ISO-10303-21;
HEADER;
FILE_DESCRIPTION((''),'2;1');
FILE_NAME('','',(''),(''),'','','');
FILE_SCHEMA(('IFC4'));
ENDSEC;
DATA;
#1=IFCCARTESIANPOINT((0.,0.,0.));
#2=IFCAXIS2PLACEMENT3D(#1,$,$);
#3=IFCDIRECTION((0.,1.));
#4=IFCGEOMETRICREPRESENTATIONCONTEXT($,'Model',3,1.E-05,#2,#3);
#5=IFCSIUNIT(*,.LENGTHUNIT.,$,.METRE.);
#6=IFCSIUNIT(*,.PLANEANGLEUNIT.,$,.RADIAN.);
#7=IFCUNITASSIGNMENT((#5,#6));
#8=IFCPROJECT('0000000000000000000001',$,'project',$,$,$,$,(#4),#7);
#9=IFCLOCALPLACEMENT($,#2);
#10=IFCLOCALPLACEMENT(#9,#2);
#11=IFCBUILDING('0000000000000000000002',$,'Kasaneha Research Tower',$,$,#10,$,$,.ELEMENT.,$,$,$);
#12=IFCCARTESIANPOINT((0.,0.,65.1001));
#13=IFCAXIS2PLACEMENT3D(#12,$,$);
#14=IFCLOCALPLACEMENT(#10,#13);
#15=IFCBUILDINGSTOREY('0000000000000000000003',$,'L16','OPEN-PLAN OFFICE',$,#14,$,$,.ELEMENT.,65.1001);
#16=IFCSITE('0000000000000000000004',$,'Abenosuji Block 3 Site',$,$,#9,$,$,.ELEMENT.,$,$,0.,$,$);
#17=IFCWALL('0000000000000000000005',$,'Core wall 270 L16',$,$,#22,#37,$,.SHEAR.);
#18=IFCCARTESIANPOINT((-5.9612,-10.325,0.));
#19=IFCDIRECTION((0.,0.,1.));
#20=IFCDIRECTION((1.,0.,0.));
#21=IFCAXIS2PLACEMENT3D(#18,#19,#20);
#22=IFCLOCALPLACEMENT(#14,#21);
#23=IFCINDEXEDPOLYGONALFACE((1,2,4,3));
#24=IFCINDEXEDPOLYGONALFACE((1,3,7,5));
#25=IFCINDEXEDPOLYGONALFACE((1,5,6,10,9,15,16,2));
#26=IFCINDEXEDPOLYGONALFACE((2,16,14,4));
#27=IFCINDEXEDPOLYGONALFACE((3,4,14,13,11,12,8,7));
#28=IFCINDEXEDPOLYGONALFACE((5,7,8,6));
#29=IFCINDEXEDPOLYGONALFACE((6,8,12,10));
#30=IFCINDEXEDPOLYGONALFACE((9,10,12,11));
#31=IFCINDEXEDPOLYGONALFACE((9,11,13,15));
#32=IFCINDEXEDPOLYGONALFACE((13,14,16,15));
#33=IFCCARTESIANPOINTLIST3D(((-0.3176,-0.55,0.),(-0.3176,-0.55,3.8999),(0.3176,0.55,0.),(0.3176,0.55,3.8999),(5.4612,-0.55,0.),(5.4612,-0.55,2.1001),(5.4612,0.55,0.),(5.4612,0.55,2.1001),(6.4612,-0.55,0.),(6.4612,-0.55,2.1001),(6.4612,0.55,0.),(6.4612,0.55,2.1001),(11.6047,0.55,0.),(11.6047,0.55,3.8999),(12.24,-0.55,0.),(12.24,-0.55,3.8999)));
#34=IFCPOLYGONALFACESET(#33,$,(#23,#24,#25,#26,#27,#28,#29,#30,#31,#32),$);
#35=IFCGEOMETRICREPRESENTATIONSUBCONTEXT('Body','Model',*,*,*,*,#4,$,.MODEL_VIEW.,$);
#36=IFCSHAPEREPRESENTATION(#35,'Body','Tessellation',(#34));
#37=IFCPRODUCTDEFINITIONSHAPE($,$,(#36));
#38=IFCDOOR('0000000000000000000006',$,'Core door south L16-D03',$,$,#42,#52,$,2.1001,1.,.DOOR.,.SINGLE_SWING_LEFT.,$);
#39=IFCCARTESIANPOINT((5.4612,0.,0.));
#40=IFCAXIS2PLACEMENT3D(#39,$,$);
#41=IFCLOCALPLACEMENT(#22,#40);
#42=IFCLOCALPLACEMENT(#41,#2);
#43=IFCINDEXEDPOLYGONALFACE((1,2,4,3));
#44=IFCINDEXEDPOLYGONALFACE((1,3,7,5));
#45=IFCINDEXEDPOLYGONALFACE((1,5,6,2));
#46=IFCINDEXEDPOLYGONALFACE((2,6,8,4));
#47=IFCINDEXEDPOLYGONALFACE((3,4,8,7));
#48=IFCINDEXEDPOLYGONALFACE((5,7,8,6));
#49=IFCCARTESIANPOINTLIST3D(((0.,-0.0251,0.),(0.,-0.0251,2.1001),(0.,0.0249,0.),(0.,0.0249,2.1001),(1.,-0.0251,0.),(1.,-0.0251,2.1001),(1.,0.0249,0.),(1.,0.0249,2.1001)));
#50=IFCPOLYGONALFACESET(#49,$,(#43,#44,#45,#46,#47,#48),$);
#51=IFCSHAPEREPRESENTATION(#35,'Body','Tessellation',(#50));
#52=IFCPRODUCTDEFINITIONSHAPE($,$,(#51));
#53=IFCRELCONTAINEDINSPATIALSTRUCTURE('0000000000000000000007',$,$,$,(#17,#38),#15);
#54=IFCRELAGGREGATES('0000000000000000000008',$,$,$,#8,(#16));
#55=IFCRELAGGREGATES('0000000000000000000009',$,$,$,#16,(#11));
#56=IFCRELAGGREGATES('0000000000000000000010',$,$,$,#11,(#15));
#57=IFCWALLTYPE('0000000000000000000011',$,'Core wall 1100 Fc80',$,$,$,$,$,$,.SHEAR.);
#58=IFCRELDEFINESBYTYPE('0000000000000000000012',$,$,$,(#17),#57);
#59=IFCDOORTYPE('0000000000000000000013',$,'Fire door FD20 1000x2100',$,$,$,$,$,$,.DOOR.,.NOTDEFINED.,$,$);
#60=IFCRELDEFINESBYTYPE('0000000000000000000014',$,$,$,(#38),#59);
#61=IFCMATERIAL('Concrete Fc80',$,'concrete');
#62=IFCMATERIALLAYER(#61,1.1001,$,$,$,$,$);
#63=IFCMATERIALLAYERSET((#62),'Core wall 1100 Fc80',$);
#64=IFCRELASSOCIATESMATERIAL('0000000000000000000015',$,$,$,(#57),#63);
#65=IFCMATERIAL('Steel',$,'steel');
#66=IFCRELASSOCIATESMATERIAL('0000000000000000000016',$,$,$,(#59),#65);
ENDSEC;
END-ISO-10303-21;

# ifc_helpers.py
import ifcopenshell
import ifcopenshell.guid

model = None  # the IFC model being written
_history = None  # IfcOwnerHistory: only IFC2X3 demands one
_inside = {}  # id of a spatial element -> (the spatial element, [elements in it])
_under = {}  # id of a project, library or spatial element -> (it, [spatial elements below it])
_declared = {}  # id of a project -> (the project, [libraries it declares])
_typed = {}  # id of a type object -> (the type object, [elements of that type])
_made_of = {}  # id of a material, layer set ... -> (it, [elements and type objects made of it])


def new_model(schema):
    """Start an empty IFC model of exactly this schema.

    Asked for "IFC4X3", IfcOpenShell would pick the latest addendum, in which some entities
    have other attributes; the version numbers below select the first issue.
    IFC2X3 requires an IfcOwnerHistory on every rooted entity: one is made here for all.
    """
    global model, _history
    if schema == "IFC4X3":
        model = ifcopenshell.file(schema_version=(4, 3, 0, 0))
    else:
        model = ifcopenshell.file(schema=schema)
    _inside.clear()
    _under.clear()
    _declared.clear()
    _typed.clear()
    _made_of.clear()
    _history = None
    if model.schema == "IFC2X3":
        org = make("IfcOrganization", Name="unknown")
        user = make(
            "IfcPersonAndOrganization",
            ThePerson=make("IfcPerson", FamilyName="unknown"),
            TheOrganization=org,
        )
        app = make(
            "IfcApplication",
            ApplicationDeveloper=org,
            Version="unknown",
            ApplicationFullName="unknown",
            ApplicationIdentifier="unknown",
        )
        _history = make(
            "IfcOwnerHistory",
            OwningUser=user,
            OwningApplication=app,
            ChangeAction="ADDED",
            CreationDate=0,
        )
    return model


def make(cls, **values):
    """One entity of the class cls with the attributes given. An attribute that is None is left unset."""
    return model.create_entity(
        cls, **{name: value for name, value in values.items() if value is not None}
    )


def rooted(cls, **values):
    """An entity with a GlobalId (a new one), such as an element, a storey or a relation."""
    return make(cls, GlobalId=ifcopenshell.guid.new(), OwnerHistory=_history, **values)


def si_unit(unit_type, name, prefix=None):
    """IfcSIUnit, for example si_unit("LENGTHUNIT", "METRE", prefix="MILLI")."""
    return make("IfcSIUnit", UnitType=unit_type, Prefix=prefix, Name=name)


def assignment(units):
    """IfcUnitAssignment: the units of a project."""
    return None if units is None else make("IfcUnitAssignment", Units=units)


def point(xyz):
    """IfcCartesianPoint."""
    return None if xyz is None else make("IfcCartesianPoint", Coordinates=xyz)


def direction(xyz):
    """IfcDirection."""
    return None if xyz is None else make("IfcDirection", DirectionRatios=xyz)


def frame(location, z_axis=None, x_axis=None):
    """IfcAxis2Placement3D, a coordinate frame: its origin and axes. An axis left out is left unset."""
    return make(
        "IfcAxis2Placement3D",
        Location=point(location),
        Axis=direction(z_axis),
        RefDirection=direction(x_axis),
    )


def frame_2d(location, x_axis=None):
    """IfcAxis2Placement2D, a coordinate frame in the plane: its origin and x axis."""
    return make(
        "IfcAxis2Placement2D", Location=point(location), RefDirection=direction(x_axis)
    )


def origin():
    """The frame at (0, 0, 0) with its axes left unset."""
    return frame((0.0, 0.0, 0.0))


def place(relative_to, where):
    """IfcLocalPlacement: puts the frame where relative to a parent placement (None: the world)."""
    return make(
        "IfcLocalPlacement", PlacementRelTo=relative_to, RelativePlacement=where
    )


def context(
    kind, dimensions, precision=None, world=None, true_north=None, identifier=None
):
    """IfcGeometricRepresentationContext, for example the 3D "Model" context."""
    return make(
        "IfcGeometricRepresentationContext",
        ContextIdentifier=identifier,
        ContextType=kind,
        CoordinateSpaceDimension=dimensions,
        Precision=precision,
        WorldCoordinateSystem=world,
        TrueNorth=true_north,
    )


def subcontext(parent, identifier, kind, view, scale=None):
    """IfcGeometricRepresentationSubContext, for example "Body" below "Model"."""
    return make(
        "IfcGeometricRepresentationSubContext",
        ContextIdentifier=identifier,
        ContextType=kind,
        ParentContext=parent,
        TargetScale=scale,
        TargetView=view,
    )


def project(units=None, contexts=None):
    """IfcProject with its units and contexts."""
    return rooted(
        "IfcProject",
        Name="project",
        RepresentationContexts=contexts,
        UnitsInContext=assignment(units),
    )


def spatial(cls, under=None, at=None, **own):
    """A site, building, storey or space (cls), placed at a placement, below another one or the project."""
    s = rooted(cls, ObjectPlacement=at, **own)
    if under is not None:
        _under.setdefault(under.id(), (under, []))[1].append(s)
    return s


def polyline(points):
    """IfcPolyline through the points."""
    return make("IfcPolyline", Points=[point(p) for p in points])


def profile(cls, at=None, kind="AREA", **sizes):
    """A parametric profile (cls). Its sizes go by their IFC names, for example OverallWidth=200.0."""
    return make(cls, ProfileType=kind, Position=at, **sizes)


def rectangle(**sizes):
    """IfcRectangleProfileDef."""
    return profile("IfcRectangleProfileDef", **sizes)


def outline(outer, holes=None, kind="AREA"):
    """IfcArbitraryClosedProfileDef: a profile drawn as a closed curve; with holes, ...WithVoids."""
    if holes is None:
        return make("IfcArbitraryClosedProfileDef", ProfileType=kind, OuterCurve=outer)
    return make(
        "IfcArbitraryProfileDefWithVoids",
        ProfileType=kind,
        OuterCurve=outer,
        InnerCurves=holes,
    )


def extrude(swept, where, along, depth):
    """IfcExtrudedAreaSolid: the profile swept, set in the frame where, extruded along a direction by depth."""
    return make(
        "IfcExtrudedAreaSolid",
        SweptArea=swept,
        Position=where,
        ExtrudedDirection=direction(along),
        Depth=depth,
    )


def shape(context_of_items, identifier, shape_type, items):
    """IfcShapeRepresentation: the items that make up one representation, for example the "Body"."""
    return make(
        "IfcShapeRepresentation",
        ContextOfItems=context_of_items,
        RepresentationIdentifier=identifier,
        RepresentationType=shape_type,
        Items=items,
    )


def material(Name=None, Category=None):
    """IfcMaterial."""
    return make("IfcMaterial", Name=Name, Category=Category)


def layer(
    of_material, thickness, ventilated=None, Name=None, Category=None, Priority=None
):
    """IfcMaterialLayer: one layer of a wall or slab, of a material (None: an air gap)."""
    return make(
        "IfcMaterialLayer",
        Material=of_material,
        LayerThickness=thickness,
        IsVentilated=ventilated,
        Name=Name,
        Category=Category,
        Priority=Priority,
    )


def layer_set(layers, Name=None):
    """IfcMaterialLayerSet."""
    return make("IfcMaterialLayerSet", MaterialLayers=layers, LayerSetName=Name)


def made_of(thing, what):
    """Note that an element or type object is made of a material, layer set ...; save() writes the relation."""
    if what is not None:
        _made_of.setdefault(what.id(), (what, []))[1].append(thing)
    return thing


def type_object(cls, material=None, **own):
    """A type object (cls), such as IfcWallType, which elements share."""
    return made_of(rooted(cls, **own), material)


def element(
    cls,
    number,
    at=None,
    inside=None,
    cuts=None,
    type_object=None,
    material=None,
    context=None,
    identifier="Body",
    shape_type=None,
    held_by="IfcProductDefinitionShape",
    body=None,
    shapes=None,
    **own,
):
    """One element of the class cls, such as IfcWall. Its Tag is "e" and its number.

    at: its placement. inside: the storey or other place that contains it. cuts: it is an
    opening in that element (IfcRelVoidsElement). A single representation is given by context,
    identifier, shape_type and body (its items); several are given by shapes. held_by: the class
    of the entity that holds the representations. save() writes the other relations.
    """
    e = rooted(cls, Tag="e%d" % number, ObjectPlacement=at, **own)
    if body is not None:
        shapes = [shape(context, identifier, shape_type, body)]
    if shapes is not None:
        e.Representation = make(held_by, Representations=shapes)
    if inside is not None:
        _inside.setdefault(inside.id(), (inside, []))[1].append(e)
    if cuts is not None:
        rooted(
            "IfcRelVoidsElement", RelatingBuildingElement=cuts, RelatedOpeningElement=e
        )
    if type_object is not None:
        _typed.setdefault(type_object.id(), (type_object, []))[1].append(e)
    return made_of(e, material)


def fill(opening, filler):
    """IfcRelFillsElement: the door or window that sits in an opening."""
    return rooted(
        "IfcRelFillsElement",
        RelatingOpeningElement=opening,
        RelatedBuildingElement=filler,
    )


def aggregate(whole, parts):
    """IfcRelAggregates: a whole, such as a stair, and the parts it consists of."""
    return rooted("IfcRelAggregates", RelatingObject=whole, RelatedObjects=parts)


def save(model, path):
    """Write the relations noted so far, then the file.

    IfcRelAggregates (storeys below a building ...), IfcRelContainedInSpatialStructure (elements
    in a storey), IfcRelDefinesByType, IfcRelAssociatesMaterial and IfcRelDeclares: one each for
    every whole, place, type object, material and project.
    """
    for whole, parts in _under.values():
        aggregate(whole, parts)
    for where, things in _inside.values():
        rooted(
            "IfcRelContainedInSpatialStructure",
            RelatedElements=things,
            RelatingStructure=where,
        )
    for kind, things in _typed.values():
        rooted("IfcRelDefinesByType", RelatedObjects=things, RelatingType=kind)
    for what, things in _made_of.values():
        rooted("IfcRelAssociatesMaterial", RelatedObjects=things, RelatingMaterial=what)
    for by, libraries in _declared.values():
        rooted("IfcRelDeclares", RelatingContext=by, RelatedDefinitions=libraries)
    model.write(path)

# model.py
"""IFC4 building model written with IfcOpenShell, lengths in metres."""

from ifc_helpers import new_model, si_unit, direction, frame, frame_2d, origin, place, context, subcontext, project, spatial, polyline, rectangle, outline, extrude, material, layer, layer_set, type_object, element, fill, save


model = new_model("IFC4")

# Units and contexts
model_context = context("Model", 3, precision=1e-05, world=origin(), true_north=direction((0.0, 1.0)))
body_context = subcontext(model_context, "Body", "Model", "MODEL_VIEW")
ifc_project = project(units=[si_unit("LENGTHUNIT", "METRE"), si_unit("PLANEANGLEUNIT", "RADIAN")], contexts=[model_context])

# Site, building, storey
site_placement = place(None, origin())
site = spatial("IfcSite", under=ifc_project, at=site_placement, Name="Abenosuji Block 3 Site", CompositionType="ELEMENT", RefElevation=0.0)
building_placement = place(site_placement, origin())
building = spatial("IfcBuilding", under=site, at=building_placement, Name="Kasaneha Research Tower", CompositionType="ELEMENT")
storey_placement = place(building_placement, frame((0.0, 0.0, 65.1001)))
storey = spatial("IfcBuildingStorey", under=building, at=storey_placement, Name="L16", Description="OPEN-PLAN OFFICE", CompositionType="ELEMENT", Elevation=65.1001)

# Wall, opening, door
ifc_material_1 = material(Name="Concrete Fc80", Category="concrete")
ifc_layer_1 = layer(ifc_material_1, 1.1001)
ifc_layer_set_1 = layer_set([ifc_layer_1], Name="Core wall 1100 Fc80")
wall_type_1 = type_object("IfcWallType", Name="Core wall 1100 Fc80", PredefinedType="SHEAR", material=ifc_layer_set_1)
wall_1_placement = place(storey_placement, frame((-5.9612, -10.325, 0.0), z_axis=(0.0, 0.0, 1.0), x_axis=(1.0, 0.0, 0.0)))
wall_1 = element("IfcWall", 1, at=wall_1_placement, inside=storey, type_object=wall_type_1, Name="Core wall 270 L16", PredefinedType="SHEAR", context=body_context, shape_type="SweptSolid", body=[
    extrude(outline(polyline([(-0.3176, -0.55), (5.4612, -0.55), (6.4612, -0.55), (12.24, -0.55), (11.6047, 0.55), (6.4612, 0.55), (5.4612, 0.55), (0.3176, 0.55), (-0.3176, -0.55)])), origin(), (0.0, 0.0, 1.0), 3.8999),
])
opening_1_placement = place(wall_1_placement, frame((5.4612, 0.0, 0.0)))
opening_1 = element("IfcOpeningElement", 2, at=opening_1_placement, cuts=wall_1, PredefinedType="OPENING", context=body_context, shape_type="SweptSolid", body=[
    extrude(rectangle(XDim=1.0, YDim=2.1001, at=frame_2d((0.5, 1.05))), frame((0.0, 0.5601, 0.0), z_axis=(0.0, -1.0, 0.0), x_axis=(1.0, 0.0, 0.0)), (0.0, 0.0, 1.0), 1.1201),
])
ifc_material_2 = material(Name="Steel", Category="steel")
door_type_1 = type_object("IfcDoorType", Name="Fire door FD20 1000x2100", OperationType="NOTDEFINED", PredefinedType="DOOR", material=ifc_material_2)
door_1_placement = place(opening_1_placement, origin())
door_1 = element("IfcDoor", 3, at=door_1_placement, inside=storey, type_object=door_type_1, Name="Core door south L16-D03", OperationType="SINGLE_SWING_LEFT", OverallHeight=2.1001, OverallWidth=1.0, PredefinedType="DOOR", context=body_context, shape_type="SweptSolid", body=[
    extrude(rectangle(XDim=1.0, YDim=2.1001, at=frame_2d((0.5, 1.05))), frame((0.0, 0.0249, 0.0), z_axis=(0.0, -1.0, 0.0), x_axis=(1.0, 0.0, 0.0)), (0.0, 0.0, 1.0), 0.05),
])
fill(opening_1, door_1)

save(model, "model.ifc")
